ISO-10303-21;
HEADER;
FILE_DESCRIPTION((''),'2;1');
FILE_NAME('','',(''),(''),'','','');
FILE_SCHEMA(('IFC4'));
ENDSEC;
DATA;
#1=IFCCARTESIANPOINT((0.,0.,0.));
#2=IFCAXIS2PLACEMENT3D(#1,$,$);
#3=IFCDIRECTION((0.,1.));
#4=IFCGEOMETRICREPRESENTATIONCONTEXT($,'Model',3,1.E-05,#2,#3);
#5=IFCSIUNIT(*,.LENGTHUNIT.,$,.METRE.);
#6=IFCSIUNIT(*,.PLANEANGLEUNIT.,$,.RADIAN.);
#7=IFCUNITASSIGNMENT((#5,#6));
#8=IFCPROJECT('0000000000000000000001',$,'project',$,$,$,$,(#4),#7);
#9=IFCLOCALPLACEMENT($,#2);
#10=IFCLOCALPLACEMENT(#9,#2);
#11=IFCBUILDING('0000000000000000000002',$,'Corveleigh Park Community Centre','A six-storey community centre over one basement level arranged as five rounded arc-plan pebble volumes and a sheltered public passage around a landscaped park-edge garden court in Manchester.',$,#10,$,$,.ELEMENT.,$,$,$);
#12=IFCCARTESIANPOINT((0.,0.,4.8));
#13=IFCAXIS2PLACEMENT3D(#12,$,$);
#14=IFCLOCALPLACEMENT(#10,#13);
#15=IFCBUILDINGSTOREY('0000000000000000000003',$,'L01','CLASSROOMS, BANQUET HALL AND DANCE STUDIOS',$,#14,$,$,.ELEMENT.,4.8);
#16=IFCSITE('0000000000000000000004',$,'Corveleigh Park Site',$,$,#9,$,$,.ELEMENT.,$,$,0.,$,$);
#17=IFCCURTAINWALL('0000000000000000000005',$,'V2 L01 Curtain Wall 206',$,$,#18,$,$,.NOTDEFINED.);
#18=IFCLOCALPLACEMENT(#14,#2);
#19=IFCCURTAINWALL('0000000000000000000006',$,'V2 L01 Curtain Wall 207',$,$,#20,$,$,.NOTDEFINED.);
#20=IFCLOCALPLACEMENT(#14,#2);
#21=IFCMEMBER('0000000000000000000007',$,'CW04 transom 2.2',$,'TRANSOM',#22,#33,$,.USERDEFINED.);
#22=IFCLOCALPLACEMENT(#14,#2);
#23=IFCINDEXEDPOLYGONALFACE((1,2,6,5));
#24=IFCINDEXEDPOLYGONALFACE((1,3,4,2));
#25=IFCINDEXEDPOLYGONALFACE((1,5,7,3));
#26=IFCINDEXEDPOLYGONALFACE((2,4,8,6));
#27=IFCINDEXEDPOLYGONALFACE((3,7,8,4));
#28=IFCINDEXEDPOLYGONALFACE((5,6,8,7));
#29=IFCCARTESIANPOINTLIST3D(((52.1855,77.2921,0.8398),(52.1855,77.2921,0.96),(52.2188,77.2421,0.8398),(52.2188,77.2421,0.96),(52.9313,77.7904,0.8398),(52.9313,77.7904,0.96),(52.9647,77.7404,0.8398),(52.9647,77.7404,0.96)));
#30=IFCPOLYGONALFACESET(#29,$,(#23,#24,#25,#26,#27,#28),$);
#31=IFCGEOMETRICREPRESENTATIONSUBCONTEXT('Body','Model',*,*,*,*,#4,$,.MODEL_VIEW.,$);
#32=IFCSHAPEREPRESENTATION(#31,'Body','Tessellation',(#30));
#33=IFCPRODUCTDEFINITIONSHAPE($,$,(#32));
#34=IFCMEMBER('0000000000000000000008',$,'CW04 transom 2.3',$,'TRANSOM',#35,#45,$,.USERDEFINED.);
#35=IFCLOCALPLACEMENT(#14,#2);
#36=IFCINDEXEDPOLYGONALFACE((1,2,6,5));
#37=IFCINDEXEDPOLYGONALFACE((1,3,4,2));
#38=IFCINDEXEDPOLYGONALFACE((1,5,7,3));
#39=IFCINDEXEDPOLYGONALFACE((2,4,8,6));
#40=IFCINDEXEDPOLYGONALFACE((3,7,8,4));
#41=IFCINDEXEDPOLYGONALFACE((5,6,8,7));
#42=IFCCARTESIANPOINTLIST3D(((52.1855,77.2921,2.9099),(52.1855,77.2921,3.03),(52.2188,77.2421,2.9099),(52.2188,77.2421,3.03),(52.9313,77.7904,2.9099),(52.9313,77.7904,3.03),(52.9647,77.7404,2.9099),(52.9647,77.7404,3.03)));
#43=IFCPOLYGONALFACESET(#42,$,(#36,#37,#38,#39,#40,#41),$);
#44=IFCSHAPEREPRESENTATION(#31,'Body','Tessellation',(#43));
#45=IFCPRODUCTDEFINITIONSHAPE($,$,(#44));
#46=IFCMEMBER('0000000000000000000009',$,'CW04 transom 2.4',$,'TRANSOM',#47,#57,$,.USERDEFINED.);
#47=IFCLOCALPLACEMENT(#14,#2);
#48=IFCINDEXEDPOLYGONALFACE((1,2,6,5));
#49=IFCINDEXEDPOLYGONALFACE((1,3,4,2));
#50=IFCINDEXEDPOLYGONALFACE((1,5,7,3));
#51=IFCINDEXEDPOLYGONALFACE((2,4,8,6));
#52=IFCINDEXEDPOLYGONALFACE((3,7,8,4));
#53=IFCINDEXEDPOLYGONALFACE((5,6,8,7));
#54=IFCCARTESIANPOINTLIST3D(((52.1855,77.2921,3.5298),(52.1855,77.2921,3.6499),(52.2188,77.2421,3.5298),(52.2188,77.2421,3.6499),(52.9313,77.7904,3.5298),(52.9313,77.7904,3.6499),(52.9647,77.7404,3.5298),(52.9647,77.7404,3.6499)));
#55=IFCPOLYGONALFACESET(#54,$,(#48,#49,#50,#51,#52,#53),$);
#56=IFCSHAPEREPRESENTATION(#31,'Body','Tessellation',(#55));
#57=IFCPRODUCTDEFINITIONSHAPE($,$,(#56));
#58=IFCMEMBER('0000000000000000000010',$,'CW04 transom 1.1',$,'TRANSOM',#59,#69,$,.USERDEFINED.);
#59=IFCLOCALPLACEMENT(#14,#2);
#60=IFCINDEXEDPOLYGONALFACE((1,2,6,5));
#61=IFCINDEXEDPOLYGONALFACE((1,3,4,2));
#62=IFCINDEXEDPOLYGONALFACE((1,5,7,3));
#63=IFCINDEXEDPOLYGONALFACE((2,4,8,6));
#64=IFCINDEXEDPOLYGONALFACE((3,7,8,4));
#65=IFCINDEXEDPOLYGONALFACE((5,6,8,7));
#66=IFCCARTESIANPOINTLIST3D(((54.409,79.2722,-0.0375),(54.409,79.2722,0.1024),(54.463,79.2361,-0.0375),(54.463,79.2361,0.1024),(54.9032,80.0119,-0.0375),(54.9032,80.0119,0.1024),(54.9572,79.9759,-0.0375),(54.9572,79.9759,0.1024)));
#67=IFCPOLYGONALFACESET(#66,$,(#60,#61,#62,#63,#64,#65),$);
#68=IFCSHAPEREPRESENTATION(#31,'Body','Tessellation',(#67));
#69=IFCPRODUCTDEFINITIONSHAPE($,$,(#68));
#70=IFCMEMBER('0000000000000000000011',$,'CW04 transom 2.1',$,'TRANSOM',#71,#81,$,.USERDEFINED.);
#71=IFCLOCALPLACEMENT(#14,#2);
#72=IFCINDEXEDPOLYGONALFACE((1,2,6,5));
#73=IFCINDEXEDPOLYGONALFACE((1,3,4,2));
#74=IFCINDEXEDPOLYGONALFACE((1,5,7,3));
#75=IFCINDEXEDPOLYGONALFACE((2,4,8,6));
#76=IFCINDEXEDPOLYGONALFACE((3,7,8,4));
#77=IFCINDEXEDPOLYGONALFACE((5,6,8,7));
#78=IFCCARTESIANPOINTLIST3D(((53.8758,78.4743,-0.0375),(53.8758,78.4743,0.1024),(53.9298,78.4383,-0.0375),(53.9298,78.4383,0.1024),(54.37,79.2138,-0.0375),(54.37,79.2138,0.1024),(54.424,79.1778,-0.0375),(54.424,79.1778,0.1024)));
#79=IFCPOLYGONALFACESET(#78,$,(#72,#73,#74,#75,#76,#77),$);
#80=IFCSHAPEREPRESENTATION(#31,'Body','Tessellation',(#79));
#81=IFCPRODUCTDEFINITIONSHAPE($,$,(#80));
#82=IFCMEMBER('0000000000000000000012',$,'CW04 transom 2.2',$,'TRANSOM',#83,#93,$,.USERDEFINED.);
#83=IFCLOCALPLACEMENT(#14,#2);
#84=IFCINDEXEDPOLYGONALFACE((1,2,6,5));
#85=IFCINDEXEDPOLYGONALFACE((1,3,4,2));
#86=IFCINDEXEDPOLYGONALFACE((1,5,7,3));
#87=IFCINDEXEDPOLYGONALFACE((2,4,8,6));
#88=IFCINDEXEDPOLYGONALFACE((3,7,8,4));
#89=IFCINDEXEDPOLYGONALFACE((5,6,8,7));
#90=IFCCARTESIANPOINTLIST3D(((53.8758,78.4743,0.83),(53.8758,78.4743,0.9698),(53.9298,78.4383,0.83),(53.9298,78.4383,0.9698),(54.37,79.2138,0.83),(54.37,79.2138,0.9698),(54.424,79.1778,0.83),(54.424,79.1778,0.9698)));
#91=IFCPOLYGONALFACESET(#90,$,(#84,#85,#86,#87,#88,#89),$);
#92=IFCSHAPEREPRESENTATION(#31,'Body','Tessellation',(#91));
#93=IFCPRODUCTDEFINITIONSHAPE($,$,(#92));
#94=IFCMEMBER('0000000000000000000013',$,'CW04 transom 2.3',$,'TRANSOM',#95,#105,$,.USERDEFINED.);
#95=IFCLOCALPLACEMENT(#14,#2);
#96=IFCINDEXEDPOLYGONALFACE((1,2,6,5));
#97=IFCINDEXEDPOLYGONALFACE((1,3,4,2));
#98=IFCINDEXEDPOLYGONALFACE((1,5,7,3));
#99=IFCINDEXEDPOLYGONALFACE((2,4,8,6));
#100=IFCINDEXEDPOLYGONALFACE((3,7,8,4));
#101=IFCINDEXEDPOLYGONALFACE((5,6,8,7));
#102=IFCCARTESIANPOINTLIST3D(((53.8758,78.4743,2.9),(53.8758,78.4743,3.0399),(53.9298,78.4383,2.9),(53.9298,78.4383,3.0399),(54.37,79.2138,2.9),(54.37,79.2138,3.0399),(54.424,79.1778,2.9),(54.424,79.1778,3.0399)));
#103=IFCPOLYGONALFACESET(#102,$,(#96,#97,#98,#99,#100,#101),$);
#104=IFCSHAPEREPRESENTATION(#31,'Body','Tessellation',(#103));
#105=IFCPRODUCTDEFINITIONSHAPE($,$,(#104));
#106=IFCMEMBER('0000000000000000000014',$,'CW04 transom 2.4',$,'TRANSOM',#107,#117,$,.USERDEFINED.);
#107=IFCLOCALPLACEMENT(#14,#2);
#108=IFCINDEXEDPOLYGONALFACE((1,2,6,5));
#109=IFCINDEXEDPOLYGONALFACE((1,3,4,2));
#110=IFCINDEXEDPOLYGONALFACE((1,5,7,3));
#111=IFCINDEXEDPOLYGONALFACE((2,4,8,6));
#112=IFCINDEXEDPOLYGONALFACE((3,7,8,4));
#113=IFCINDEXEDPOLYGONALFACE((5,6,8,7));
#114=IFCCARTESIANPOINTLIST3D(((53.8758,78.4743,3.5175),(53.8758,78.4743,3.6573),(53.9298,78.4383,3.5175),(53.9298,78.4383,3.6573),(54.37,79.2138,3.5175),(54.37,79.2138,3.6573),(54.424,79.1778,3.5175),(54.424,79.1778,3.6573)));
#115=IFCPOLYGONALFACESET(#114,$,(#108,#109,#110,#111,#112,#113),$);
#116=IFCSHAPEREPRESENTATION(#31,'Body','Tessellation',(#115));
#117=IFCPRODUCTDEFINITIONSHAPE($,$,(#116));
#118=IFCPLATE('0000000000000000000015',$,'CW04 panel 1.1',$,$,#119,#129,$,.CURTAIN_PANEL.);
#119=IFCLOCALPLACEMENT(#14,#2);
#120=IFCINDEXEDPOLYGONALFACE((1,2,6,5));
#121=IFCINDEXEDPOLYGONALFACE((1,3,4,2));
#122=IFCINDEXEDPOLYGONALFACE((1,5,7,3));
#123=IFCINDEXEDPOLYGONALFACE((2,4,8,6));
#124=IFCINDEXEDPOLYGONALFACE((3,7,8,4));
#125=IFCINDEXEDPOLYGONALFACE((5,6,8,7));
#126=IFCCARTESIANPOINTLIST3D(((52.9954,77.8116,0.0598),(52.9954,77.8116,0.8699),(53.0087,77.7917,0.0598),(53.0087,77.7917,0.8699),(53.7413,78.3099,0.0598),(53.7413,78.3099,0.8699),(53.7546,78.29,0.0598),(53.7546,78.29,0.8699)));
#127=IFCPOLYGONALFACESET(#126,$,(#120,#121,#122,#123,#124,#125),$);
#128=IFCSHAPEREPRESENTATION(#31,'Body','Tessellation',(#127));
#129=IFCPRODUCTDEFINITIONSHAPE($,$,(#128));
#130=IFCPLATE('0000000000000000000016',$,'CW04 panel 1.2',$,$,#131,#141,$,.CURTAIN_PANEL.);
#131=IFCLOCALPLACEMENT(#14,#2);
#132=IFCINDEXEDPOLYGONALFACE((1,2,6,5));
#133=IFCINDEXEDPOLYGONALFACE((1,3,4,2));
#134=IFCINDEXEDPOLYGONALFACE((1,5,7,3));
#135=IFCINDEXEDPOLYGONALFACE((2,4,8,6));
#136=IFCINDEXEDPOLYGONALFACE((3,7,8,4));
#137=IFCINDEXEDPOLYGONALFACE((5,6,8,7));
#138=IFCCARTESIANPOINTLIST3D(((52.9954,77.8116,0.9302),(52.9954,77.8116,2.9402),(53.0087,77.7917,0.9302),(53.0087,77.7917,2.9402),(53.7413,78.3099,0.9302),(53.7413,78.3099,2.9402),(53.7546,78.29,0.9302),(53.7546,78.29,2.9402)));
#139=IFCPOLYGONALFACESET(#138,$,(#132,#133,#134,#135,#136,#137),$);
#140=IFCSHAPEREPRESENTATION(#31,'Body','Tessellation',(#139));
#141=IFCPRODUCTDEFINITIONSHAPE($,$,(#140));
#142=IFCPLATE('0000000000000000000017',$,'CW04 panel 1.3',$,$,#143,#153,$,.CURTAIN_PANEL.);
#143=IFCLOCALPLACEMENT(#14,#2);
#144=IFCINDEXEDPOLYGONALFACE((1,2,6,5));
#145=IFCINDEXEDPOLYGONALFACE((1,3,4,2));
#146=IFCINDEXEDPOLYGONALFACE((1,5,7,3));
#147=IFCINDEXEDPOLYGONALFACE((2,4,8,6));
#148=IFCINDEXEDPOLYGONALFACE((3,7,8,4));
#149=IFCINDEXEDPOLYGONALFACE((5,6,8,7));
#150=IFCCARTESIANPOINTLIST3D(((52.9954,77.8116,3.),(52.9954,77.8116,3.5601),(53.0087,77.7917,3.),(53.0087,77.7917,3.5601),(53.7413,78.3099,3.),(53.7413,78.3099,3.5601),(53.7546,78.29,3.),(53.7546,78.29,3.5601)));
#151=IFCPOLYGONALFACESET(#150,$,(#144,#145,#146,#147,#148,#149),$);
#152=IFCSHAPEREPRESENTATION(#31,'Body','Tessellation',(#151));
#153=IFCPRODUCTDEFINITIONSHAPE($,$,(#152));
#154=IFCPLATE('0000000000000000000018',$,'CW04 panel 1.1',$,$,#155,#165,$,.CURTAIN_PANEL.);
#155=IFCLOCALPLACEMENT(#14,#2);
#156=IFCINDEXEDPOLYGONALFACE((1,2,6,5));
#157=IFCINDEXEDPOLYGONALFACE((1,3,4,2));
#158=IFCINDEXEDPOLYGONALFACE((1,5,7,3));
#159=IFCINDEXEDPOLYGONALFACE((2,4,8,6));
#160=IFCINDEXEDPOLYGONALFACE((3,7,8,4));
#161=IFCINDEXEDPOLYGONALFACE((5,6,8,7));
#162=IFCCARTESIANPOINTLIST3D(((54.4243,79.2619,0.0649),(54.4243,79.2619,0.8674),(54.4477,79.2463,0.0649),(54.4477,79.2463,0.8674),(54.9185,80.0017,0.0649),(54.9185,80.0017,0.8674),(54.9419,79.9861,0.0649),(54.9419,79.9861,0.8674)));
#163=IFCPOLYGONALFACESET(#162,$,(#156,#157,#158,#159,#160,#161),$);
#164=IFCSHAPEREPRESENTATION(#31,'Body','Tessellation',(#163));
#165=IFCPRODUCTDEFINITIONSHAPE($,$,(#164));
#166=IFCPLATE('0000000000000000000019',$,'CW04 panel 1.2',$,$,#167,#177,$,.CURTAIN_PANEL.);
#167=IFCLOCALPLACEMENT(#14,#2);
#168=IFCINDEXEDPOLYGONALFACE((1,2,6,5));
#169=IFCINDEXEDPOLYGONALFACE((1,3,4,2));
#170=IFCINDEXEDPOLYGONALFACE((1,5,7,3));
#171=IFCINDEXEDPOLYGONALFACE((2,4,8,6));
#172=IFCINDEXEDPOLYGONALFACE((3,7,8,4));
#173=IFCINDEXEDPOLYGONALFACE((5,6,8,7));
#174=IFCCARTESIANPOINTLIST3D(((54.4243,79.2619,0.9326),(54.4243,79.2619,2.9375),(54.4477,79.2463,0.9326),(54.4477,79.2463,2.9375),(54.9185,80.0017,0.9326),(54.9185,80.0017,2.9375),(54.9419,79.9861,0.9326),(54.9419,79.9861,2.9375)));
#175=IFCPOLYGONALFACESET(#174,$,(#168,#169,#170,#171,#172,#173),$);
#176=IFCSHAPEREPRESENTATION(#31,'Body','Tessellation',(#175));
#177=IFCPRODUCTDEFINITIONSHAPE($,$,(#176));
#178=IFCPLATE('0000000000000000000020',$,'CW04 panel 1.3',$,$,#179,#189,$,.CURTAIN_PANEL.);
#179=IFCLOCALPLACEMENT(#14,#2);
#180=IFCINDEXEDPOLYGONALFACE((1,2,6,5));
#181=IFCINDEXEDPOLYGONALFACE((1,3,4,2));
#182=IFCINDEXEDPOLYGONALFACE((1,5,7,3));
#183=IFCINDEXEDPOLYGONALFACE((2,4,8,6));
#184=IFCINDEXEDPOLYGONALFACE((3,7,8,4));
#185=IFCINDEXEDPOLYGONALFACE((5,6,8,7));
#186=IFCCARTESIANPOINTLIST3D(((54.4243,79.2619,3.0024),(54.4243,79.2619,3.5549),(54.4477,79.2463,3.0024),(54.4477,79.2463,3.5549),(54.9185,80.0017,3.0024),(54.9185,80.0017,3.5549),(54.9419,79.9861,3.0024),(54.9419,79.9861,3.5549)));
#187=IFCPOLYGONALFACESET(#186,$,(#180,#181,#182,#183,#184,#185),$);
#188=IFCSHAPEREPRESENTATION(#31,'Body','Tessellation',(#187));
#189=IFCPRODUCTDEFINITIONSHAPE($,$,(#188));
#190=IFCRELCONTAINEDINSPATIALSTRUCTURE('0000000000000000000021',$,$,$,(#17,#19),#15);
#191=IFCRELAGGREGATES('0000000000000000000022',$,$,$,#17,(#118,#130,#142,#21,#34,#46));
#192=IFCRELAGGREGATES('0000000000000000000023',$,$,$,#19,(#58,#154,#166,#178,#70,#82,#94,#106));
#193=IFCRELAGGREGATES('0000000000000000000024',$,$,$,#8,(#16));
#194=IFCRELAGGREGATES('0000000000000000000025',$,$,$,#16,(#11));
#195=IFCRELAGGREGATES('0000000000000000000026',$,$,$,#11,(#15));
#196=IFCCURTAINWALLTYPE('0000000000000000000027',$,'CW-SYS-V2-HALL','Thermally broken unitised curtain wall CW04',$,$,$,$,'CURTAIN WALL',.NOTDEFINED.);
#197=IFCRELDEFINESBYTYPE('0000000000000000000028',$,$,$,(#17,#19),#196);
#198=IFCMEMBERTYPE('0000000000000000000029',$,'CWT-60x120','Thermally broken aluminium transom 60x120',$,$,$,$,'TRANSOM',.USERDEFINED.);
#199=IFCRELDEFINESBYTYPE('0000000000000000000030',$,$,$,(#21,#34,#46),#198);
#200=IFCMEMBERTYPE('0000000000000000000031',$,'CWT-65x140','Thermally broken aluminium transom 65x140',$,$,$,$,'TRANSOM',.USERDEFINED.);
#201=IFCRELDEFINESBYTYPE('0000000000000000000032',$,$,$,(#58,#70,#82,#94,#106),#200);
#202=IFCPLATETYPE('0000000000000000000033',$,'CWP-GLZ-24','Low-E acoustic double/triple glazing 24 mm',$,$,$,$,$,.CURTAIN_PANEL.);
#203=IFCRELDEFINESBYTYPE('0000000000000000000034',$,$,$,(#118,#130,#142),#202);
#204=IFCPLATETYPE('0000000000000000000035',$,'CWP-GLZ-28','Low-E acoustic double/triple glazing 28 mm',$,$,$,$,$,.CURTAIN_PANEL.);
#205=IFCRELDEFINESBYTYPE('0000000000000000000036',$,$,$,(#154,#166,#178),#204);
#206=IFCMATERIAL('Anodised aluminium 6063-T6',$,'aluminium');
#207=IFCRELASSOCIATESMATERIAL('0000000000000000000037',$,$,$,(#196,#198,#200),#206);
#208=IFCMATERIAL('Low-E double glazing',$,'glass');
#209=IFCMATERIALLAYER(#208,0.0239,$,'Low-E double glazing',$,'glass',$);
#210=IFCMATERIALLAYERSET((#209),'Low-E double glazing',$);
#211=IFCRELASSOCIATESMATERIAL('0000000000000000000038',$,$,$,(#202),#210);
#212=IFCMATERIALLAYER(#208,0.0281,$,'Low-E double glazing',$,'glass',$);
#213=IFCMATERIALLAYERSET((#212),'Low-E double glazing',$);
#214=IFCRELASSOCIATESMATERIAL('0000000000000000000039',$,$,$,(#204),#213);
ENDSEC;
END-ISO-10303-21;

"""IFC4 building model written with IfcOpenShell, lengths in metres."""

from ifc_helpers import new_model, si_unit, direction, frame, origin, origin_2d, place, context, subcontext, project, spatial, rectangle, extrude, material, layer, layer_set, material_profile, profile_set, type_object, element, aggregate, save


model = new_model("IFC4")

# Units and contexts
model_context = context("Model", 3, precision=1e-05, world=origin(), true_north=direction((0.0, 1.0)))
body_context = subcontext(model_context, "Body", "Model", "MODEL_VIEW")
ifc_project = project(units=[si_unit("LENGTHUNIT", "METRE"), si_unit("PLANEANGLEUNIT", "RADIAN")], contexts=[model_context])

# Site, building, storey
site_placement = place(None, origin())
site = spatial("IfcSite", under=ifc_project, at=site_placement, Name="Corveleigh Park Site", CompositionType="ELEMENT", RefElevation=0.0)
building_placement = place(site_placement, origin())
building = spatial("IfcBuilding", under=site, at=building_placement, Name="Corveleigh Park Community Centre", Description="A six-storey community centre over one basement level arranged as five rounded arc-plan pebble volumes and a sheltered public passage around a landscaped park-edge garden court in Manchester.", CompositionType="ELEMENT")
storey_placement = place(building_placement, frame((0.0, 0.0, 4.8)))
storey = spatial("IfcBuildingStorey", under=building, at=storey_placement, Name="L01", Description="CLASSROOMS, BANQUET HALL AND DANCE STUDIOS", CompositionType="ELEMENT", Elevation=4.8)

# Curtain walls
ifc_material_1 = material(Name="Anodised aluminium 6063-T6", Category="aluminium")
curtain_wall_type = type_object("IfcCurtainWallType", Name="CW-SYS-V2-HALL", Description="Thermally broken unitised curtain wall CW04", ElementType="CURTAIN WALL", PredefinedType="NOTDEFINED", material=ifc_material_1)
curtain_wall_1_placement = place(storey_placement, origin())
curtain_wall_1 = element("IfcCurtainWall", 1, at=curtain_wall_1_placement, inside=storey, type_object=curtain_wall_type, Name="V2 L01 Curtain Wall 206", PredefinedType="NOTDEFINED")
curtain_wall_2_placement = place(storey_placement, origin())
curtain_wall_2 = element("IfcCurtainWall", 2, at=curtain_wall_2_placement, inside=storey, type_object=curtain_wall_type, Name="V2 L01 Curtain Wall 207", PredefinedType="NOTDEFINED")

# Members
ifc_material_profile_1 = material_profile(ifc_material_1, rectangle(XDim=0.0601, YDim=0.1201, at=origin_2d()), Name="ALU-T60x120", Category="aluminium")
ifc_profile_set_1 = profile_set([ifc_material_profile_1], Name="Anodised aluminium 6063-T6")
member_type_1 = type_object("IfcMemberType", Name="CWT-60x120", Description="Thermally broken aluminium transom 60x120", ElementType="TRANSOM", PredefinedType="USERDEFINED", material=ifc_profile_set_1)
member_1_placement = place(storey_placement, frame((52.948, 77.7654, 0.8999), z_axis=(-0.831506, -0.555516, 0.0), x_axis=(0.555516, -0.831506, 0.0)))
member_1 = element("IfcMember", 3, at=member_1_placement, type_object=member_type_1, Name="CW04 transom 2.2", ObjectType="TRANSOM", PredefinedType="USERDEFINED", context=body_context, shape_type="SweptSolid", body=[
    extrude(rectangle(XDim=0.0601, YDim=0.1201, at=origin_2d()), origin(), (0.0, 0.0, 1.0), 0.897),
])
member_2_placement = place(storey_placement, frame((52.948, 77.7654, 2.97), z_axis=(-0.831506, -0.555516, 0.0), x_axis=(0.555516, -0.831506, 0.0)))
member_2 = element("IfcMember", 4, at=member_2_placement, type_object=member_type_1, Name="CW04 transom 2.3", ObjectType="TRANSOM", PredefinedType="USERDEFINED", context=body_context, shape_type="SweptSolid", body=[
    extrude(rectangle(XDim=0.0601, YDim=0.1201, at=origin_2d()), origin(), (0.0, 0.0, 1.0), 0.897),
])
member_3_placement = place(storey_placement, frame((52.948, 77.7654, 3.5898), z_axis=(-0.831506, -0.555516, 0.0), x_axis=(0.555516, -0.831506, 0.0)))
member_3 = element("IfcMember", 5, at=member_3_placement, type_object=member_type_1, Name="CW04 transom 2.4", ObjectType="TRANSOM", PredefinedType="USERDEFINED", context=body_context, shape_type="SweptSolid", body=[
    extrude(rectangle(XDim=0.0601, YDim=0.1201, at=origin_2d()), origin(), (0.0, 0.0, 1.0), 0.897),
])
ifc_material_profile_2 = material_profile(ifc_material_1, rectangle(XDim=0.0649, YDim=0.1399, at=origin_2d()), Name="ALU-T65x140", Category="aluminium")
ifc_profile_set_2 = profile_set([ifc_material_profile_2], Name="Anodised aluminium 6063-T6")
member_type_2 = type_object("IfcMemberType", Name="CWT-65x140", Description="Thermally broken aluminium transom 65x140", ElementType="TRANSOM", PredefinedType="USERDEFINED", material=ifc_profile_set_2)
member_4_placement = place(storey_placement, frame((54.9302, 79.9939, 0.0325), z_axis=(-0.55546, -0.831543, 0.0), x_axis=(0.831543, -0.55546, 0.0)))
member_4 = element("IfcMember", 6, at=member_4_placement, type_object=member_type_2, Name="CW04 transom 1.1", ObjectType="TRANSOM", PredefinedType="USERDEFINED", context=body_context, shape_type="SweptSolid", body=[
    extrude(rectangle(XDim=0.0649, YDim=0.1399, at=origin_2d()), origin(), (0.0, 0.0, 1.0), 0.8896),
])
member_5_placement = place(storey_placement, frame((54.397, 79.1958, 0.0325), z_axis=(-0.555587, -0.831459, 0.0), x_axis=(0.831459, -0.555587, 0.0)))
member_5 = element("IfcMember", 7, at=member_5_placement, type_object=member_type_2, Name="CW04 transom 2.1", ObjectType="TRANSOM", PredefinedType="USERDEFINED", context=body_context, shape_type="SweptSolid", body=[
    extrude(rectangle(XDim=0.0649, YDim=0.1399, at=origin_2d()), origin(), (0.0, 0.0, 1.0), 0.8894),
])
member_6_placement = place(storey_placement, frame((54.397, 79.1958, 0.8999), z_axis=(-0.555587, -0.831459, 0.0), x_axis=(0.831459, -0.555587, 0.0)))
member_6 = element("IfcMember", 8, at=member_6_placement, type_object=member_type_2, Name="CW04 transom 2.2", ObjectType="TRANSOM", PredefinedType="USERDEFINED", context=body_context, shape_type="SweptSolid", body=[
    extrude(rectangle(XDim=0.0649, YDim=0.1399, at=origin_2d()), origin(), (0.0, 0.0, 1.0), 0.8894),
])
member_7_placement = place(storey_placement, frame((54.397, 79.1958, 2.97), z_axis=(-0.555587, -0.831459, 0.0), x_axis=(0.831459, -0.555587, 0.0)))
member_7 = element("IfcMember", 9, at=member_7_placement, type_object=member_type_2, Name="CW04 transom 2.3", ObjectType="TRANSOM", PredefinedType="USERDEFINED", context=body_context, shape_type="SweptSolid", body=[
    extrude(rectangle(XDim=0.0649, YDim=0.1399, at=origin_2d()), origin(), (0.0, 0.0, 1.0), 0.8894),
])
member_8_placement = place(storey_placement, frame((54.397, 79.1958, 3.5874), z_axis=(-0.555587, -0.831459, 0.0), x_axis=(0.831459, -0.555587, 0.0)))
member_8 = element("IfcMember", 10, at=member_8_placement, type_object=member_type_2, Name="CW04 transom 2.4", ObjectType="TRANSOM", PredefinedType="USERDEFINED", context=body_context, shape_type="SweptSolid", body=[
    extrude(rectangle(XDim=0.0649, YDim=0.1399, at=origin_2d()), origin(), (0.0, 0.0, 1.0), 0.8894),
])

# Plates
ifc_material_2 = material(Name="Low-E double glazing", Category="glass")
ifc_layer_1 = layer(ifc_material_2, 0.0239, Name="Low-E double glazing", Category="glass")
ifc_layer_set_1 = layer_set([ifc_layer_1], Name="Low-E double glazing")
plate_type_1 = type_object("IfcPlateType", Name="CWP-GLZ-24", Description="Low-E acoustic double/triple glazing 24 mm", PredefinedType="CURTAIN_PANEL", material=ifc_layer_set_1)
plate_1_placement = place(storey_placement, frame((53.375, 78.0508, 0.0598), z_axis=(0.0, 0.0, 1.0), x_axis=(-0.831509, -0.555512, 0.0)))
plate_1 = element("IfcPlate", 11, at=plate_1_placement, type_object=plate_type_1, Name="CW04 panel 1.1", PredefinedType="CURTAIN_PANEL", context=body_context, shape_type="SweptSolid", body=[
    extrude(rectangle(XDim=0.897, YDim=0.0239, at=origin_2d()), origin(), (0.0, 0.0, 1.0), 0.8101),
])
plate_2_placement = place(storey_placement, frame((53.375, 78.0508, 0.9302), z_axis=(0.0, 0.0, 1.0), x_axis=(-0.831509, -0.555512, 0.0)))
plate_2 = element("IfcPlate", 12, at=plate_2_placement, type_object=plate_type_1, Name="CW04 panel 1.2", PredefinedType="CURTAIN_PANEL", context=body_context, shape_type="SweptSolid", body=[
    extrude(rectangle(XDim=0.897, YDim=0.0239, at=origin_2d()), origin(), (0.0, 0.0, 1.0), 2.01),
])
plate_3_placement = place(storey_placement, frame((53.375, 78.0508, 3.0), z_axis=(0.0, 0.0, 1.0), x_axis=(-0.831509, -0.555512, 0.0)))
plate_3 = element("IfcPlate", 13, at=plate_3_placement, type_object=plate_type_1, Name="CW04 panel 1.3", PredefinedType="CURTAIN_PANEL", context=body_context, shape_type="SweptSolid", body=[
    extrude(rectangle(XDim=0.897, YDim=0.0239, at=origin_2d()), origin(), (0.0, 0.0, 1.0), 0.5601),
])
aggregate(curtain_wall_1, [plate_1, plate_2, plate_3, member_1, member_2, member_3])
ifc_layer_2 = layer(ifc_material_2, 0.0281, Name="Low-E double glazing", Category="glass")
ifc_layer_set_2 = layer_set([ifc_layer_2], Name="Low-E double glazing")
plate_type_2 = type_object("IfcPlateType", Name="CWP-GLZ-28", Description="Low-E acoustic double/triple glazing 28 mm", PredefinedType="CURTAIN_PANEL", material=ifc_layer_set_2)
plate_4_placement = place(storey_placement, frame((54.6831, 79.624, 0.0649), z_axis=(0.0, 0.0, 1.0), x_axis=(-0.555512, -0.831509, 0.0)))
plate_4 = element("IfcPlate", 14, at=plate_4_placement, type_object=plate_type_2, Name="CW04 panel 1.1", PredefinedType="CURTAIN_PANEL", context=body_context, shape_type="SweptSolid", body=[
    extrude(rectangle(XDim=0.8896, YDim=0.0281, at=origin_2d()), origin(), (0.0, 0.0, 1.0), 0.8025),
])
plate_5_placement = place(storey_placement, frame((54.6831, 79.624, 0.9326), z_axis=(0.0, 0.0, 1.0), x_axis=(-0.555512, -0.831509, 0.0)))
plate_5 = element("IfcPlate", 15, at=plate_5_placement, type_object=plate_type_2, Name="CW04 panel 1.2", PredefinedType="CURTAIN_PANEL", context=body_context, shape_type="SweptSolid", body=[
    extrude(rectangle(XDim=0.8896, YDim=0.0281, at=origin_2d()), origin(), (0.0, 0.0, 1.0), 2.0049),
])
plate_6_placement = place(storey_placement, frame((54.6831, 79.624, 3.0024), z_axis=(0.0, 0.0, 1.0), x_axis=(-0.555512, -0.831509, 0.0)))
plate_6 = element("IfcPlate", 16, at=plate_6_placement, type_object=plate_type_2, Name="CW04 panel 1.3", PredefinedType="CURTAIN_PANEL", context=body_context, shape_type="SweptSolid", body=[
    extrude(rectangle(XDim=0.8896, YDim=0.0281, at=origin_2d()), origin(), (0.0, 0.0, 1.0), 0.5525),
])
aggregate(curtain_wall_2, [member_4, plate_4, plate_5, plate_6, member_5, member_6, member_7, member_8])

save(model, "model.ifc")
